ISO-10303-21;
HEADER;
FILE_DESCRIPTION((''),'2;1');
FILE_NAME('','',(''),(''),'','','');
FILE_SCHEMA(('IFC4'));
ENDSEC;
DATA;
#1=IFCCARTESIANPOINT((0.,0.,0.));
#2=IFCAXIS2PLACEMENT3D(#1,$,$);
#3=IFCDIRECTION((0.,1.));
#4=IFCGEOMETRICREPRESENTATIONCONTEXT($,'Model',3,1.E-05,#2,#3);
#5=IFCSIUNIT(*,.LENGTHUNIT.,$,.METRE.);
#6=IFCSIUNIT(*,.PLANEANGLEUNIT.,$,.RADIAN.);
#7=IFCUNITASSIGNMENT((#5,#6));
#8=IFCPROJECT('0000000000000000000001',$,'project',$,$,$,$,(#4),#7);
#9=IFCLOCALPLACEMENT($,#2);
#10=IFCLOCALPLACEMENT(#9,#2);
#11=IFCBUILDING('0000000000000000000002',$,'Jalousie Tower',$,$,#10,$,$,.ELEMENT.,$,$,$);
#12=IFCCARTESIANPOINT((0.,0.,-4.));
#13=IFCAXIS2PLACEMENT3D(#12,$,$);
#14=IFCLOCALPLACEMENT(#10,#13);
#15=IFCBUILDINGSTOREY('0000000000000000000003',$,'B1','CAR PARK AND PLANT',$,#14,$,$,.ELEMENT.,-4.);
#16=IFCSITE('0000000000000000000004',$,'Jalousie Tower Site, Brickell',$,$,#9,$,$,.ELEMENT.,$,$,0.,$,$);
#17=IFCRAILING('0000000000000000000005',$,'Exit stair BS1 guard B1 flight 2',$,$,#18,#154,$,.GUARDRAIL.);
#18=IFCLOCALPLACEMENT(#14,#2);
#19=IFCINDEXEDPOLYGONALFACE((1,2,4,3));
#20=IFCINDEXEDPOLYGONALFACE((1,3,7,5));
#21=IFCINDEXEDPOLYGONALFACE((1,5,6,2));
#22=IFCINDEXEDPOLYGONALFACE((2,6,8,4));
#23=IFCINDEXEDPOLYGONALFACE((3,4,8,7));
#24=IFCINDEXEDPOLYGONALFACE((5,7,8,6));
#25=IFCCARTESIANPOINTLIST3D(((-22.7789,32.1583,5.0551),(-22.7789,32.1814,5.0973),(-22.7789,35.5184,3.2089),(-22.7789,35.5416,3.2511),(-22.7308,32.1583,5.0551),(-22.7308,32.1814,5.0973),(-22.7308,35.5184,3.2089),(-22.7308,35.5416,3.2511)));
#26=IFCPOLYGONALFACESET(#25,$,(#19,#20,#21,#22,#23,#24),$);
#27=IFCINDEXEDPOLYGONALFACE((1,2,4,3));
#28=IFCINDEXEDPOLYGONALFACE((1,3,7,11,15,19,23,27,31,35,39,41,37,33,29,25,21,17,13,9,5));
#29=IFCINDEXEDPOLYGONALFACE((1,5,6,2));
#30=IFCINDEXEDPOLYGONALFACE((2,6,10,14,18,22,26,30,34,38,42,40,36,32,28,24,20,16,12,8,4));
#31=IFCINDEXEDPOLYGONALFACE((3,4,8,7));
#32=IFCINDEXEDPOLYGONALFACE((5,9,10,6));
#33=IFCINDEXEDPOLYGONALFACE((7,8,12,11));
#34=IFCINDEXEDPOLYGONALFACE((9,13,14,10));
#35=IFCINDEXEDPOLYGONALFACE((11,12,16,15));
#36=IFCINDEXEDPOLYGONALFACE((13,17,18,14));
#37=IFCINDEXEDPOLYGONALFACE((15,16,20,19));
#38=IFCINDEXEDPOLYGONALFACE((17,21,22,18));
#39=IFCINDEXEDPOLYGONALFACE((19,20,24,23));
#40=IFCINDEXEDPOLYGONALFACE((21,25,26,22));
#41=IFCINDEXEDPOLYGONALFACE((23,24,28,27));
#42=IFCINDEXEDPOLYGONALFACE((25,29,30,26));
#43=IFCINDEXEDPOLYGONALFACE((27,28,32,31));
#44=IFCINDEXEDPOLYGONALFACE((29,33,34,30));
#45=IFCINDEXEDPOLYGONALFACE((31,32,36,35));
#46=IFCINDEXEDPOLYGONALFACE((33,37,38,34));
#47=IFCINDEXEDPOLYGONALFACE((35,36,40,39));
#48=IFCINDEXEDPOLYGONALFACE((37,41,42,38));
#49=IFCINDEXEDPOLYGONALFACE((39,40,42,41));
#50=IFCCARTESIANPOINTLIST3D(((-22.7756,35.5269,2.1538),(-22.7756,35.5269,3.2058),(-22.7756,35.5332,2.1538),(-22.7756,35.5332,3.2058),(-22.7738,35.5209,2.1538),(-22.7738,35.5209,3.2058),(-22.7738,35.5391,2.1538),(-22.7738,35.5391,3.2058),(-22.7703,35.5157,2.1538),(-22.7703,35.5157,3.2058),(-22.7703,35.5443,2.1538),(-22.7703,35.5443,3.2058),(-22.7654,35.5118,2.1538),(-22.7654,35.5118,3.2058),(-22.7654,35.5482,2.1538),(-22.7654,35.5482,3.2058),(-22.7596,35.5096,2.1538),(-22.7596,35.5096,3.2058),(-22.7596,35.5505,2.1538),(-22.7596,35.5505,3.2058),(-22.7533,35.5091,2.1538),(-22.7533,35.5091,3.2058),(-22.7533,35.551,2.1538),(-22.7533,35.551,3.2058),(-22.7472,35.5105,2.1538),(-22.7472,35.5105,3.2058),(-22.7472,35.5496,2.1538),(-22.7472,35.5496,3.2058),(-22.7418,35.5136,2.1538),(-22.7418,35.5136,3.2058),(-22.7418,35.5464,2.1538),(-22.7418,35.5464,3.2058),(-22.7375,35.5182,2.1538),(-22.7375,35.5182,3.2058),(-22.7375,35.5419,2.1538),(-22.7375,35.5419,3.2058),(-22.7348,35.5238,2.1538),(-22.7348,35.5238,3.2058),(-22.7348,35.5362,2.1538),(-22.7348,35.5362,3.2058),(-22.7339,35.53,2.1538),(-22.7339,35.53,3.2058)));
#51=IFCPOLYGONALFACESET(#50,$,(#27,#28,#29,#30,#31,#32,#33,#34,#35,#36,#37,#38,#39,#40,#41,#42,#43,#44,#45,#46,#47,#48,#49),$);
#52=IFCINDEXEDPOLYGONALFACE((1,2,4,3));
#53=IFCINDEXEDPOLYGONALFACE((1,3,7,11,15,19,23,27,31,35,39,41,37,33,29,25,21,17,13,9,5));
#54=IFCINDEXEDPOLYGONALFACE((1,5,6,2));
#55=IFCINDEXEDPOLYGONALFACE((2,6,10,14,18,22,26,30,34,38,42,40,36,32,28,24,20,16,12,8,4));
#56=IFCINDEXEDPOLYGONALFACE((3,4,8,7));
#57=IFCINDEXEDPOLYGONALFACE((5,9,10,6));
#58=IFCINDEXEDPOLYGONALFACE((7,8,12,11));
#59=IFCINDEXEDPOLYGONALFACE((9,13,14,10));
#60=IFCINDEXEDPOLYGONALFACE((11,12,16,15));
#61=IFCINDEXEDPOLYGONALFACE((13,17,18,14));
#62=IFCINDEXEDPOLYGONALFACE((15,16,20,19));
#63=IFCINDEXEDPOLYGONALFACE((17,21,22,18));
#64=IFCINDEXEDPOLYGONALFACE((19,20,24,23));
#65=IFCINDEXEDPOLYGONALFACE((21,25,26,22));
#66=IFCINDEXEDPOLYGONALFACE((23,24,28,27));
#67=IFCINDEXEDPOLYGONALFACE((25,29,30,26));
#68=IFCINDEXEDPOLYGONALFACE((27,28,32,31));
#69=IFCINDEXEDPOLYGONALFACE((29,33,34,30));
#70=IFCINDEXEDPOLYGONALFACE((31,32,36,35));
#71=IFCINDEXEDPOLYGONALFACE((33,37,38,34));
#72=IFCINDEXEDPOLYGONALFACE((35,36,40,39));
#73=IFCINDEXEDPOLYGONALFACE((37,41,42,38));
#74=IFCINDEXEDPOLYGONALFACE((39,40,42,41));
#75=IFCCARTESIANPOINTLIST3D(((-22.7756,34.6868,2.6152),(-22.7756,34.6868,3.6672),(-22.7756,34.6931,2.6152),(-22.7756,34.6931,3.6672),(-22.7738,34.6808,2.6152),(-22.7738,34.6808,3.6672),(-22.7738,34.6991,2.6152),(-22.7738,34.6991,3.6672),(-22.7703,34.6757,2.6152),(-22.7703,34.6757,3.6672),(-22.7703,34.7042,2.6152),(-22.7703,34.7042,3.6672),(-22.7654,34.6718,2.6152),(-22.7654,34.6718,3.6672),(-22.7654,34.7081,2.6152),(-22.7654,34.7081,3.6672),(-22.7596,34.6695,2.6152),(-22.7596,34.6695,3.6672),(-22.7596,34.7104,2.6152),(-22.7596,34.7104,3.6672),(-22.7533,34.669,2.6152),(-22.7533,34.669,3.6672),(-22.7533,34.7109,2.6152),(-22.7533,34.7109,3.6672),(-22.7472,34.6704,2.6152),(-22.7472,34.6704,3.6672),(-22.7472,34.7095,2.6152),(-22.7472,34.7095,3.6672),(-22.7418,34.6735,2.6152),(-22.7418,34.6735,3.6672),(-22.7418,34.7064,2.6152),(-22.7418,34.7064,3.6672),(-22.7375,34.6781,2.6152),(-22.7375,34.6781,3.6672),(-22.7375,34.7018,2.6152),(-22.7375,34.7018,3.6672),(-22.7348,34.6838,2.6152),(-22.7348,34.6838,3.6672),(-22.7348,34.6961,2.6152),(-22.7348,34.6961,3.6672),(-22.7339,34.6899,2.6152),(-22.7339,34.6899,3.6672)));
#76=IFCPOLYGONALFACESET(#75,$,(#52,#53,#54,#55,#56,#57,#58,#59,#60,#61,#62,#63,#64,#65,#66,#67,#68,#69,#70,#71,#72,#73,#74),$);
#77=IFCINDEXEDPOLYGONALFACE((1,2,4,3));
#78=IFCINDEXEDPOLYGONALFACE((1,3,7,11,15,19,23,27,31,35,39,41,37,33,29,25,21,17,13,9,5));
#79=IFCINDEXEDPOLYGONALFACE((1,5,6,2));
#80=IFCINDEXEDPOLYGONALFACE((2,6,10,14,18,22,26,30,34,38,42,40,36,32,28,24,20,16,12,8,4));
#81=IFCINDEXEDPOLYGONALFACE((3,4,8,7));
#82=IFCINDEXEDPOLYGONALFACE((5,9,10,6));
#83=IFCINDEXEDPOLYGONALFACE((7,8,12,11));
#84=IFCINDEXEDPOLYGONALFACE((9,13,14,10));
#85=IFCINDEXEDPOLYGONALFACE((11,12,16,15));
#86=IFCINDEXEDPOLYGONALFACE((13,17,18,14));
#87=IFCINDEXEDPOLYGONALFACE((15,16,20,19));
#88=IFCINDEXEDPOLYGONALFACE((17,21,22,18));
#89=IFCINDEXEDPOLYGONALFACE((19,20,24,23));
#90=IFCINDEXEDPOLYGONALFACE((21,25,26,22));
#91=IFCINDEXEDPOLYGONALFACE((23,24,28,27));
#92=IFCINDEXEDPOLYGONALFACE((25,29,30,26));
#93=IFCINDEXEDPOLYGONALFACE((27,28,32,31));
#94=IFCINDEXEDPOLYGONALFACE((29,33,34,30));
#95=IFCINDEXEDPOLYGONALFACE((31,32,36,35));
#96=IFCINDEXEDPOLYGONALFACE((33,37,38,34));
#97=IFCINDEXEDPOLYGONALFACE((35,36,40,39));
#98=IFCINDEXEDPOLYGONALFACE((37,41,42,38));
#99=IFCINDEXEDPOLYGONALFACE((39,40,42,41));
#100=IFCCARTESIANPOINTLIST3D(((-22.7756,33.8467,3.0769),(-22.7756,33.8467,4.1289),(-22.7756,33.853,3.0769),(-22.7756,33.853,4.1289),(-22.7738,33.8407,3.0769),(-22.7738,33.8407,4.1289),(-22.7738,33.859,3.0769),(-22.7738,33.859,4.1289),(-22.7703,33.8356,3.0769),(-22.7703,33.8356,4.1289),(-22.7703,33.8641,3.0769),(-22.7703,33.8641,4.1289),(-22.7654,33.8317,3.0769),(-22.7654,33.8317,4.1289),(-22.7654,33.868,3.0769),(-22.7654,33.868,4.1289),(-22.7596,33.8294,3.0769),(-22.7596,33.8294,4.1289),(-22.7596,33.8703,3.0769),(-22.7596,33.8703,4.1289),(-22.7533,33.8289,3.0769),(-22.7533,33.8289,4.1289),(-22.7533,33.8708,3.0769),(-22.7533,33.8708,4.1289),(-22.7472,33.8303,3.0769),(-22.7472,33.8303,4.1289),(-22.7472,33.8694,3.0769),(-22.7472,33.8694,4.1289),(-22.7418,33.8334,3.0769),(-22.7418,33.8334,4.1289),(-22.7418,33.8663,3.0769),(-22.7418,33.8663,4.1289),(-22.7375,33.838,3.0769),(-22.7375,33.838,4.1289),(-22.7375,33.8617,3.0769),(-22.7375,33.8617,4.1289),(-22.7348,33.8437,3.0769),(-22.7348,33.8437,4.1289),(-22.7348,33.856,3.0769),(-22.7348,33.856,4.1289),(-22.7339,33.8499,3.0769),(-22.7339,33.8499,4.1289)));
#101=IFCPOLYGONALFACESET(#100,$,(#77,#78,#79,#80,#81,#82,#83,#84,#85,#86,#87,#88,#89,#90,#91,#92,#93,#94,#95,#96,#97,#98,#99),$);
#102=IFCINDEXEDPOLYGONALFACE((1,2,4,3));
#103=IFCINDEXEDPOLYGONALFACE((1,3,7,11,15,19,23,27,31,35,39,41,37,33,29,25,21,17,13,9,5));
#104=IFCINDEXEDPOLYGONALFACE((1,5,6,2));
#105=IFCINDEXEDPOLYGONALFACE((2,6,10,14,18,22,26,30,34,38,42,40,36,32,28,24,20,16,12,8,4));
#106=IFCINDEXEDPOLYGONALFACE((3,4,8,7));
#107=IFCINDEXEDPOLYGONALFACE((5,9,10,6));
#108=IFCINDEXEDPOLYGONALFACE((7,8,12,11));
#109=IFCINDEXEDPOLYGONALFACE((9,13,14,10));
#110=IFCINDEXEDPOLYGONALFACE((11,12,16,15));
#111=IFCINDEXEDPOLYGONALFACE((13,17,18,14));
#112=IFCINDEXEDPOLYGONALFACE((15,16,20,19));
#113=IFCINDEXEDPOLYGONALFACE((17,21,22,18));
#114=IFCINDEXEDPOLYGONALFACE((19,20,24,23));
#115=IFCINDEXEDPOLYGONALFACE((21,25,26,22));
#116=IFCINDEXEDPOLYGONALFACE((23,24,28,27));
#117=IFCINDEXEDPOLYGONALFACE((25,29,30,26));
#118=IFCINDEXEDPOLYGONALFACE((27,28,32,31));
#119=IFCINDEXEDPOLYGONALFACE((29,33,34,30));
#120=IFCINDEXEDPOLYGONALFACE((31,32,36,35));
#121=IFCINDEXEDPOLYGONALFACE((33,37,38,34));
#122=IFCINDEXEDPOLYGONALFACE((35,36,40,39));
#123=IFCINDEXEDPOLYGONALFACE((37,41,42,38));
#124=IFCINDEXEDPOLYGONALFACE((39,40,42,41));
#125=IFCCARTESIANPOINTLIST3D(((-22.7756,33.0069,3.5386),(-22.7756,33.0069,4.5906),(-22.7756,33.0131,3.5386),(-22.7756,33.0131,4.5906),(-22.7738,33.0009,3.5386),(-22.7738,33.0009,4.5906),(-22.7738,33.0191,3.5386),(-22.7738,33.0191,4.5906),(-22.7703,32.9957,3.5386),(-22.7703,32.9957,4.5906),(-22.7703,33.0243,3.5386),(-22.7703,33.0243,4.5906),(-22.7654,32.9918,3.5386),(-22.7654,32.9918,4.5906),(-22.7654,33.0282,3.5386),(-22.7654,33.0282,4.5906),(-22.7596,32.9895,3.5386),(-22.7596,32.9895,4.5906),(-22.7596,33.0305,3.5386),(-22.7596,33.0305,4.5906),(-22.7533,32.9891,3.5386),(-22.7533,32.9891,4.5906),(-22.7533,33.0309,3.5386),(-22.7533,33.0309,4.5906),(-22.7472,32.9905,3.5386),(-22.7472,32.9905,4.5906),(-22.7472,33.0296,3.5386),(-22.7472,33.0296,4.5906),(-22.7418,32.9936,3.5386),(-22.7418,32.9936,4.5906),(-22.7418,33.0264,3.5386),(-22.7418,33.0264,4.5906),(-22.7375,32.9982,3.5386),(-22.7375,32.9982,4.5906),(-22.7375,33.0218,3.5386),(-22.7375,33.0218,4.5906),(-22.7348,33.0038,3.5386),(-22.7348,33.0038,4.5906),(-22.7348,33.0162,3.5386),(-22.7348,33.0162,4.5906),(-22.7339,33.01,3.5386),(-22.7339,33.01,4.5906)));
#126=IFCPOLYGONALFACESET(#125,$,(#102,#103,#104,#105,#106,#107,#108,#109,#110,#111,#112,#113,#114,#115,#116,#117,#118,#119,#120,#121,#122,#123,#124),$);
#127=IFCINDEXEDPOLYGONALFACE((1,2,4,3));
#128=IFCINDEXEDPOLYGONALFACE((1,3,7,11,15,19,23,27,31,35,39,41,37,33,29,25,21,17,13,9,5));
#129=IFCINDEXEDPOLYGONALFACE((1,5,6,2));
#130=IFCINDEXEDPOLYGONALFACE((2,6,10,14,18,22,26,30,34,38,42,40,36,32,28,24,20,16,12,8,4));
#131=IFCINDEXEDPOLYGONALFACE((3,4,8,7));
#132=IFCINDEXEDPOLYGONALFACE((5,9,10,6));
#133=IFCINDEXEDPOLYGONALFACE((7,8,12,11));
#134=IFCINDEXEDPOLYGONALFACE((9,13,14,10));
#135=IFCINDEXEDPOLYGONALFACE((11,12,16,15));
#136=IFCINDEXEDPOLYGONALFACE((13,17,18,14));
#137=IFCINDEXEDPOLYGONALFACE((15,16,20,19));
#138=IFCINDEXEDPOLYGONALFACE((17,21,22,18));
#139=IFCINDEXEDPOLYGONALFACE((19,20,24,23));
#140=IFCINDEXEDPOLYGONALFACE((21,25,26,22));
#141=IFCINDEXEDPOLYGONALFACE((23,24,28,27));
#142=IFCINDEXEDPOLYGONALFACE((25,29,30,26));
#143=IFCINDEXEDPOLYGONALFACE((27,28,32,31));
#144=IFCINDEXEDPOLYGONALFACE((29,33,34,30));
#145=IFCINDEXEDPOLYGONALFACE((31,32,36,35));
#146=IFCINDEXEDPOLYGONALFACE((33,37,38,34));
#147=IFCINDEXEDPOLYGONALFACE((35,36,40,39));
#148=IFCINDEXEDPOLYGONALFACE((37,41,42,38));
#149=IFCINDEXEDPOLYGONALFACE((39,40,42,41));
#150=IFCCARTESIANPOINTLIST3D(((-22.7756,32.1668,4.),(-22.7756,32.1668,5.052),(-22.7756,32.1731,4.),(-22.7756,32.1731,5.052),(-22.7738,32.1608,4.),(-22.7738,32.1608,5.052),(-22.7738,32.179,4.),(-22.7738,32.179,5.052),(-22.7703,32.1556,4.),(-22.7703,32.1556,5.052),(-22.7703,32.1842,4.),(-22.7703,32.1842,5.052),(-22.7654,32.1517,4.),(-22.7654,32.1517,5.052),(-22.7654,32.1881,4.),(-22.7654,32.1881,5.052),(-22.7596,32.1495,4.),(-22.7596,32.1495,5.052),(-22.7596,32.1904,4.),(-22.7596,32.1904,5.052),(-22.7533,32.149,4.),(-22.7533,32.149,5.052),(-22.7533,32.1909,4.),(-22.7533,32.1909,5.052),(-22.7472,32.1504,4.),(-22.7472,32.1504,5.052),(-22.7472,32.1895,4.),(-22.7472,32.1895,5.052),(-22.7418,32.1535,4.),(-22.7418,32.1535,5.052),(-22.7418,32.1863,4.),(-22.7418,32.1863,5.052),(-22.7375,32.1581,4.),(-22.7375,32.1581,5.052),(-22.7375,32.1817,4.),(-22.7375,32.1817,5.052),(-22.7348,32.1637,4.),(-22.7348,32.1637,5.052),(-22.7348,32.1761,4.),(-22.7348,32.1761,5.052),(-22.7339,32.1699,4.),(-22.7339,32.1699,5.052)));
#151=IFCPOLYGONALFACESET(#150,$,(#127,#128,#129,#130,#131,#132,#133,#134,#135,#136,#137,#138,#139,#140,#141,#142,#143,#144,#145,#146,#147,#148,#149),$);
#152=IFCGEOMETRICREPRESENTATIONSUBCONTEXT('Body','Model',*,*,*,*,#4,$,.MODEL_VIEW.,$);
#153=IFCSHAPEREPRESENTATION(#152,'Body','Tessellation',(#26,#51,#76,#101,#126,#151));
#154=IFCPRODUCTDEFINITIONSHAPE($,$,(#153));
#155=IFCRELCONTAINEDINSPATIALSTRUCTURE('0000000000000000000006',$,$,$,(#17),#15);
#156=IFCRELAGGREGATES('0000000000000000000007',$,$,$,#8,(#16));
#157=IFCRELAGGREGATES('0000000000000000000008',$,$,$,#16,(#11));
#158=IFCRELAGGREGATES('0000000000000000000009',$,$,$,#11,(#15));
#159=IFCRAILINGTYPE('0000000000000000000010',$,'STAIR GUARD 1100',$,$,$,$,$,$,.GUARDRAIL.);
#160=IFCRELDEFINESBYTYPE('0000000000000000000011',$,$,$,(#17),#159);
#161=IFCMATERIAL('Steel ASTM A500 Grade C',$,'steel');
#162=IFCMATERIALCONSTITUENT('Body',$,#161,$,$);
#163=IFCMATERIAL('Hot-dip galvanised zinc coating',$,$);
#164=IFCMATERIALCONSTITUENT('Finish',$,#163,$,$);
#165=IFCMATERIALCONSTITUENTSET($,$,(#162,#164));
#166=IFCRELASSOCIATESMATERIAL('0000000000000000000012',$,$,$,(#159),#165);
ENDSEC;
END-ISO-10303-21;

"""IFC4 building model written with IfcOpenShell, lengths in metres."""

from ifc_helpers import new_model, si_unit, direction, frame, origin, origin_2d, place, context, subcontext, project, spatial, rectangle, circle, extrude, material, constituent, constituent_set, type_object, element, save


model = new_model("IFC4")

# Units and contexts
model_context = context("Model", 3, precision=1e-05, world=origin(), true_north=direction((0.0, 1.0)))
body_context = subcontext(model_context, "Body", "Model", "MODEL_VIEW")
ifc_project = project(units=[si_unit("LENGTHUNIT", "METRE"), si_unit("PLANEANGLEUNIT", "RADIAN")], contexts=[model_context])

# Site, building, storey
site_placement = place(None, origin())
site = spatial("IfcSite", under=ifc_project, at=site_placement, Name="Jalousie Tower Site, Brickell", CompositionType="ELEMENT", RefElevation=0.0)
building_placement = place(site_placement, origin())
building = spatial("IfcBuilding", under=site, at=building_placement, Name="Jalousie Tower", CompositionType="ELEMENT")
storey_placement = place(building_placement, frame((0.0, 0.0, -4.0)))
storey = spatial("IfcBuildingStorey", under=building, at=storey_placement, Name="B1", Description="CAR PARK AND PLANT", CompositionType="ELEMENT", Elevation=-4.0)

# Railing
ifc_material_1 = material(Name="Steel ASTM A500 Grade C", Category="steel")
ifc_constituent_1 = constituent(ifc_material_1, Name="Body")
ifc_material_2 = material(Name="Hot-dip galvanised zinc coating")
ifc_constituent_2 = constituent(ifc_material_2, Name="Finish")
ifc_constituent_set_1 = constituent_set(constituents=[ifc_constituent_1, ifc_constituent_2])
railing_type_1 = type_object("IfcRailingType", Name="STAIR GUARD 1100", PredefinedType="GUARDRAIL", material=ifc_constituent_set_1)
railing_1_placement = place(storey_placement, frame((-22.7549, 35.53, 2.1538)))
element("IfcRailing", 1, at=railing_1_placement, inside=storey, type_object=railing_type_1, Name="Exit stair BS1 guard B1 flight 2", PredefinedType="GUARDRAIL", context=body_context, shape_type="SweptSolid", body=[
    extrude(rectangle(XDim=0.0481, YDim=0.0481, at=origin_2d()), frame((0.0, 0.0, 1.0762), z_axis=(0.0, -0.876422, 0.481545), x_axis=(1.0, 0.0, 0.0)), (0.0, 0.0, 1.0), 3.834),
    extrude(circle(Radius=0.021, at=origin_2d()), origin(), (0.0, 0.0, 1.0), 1.052),
    extrude(circle(Radius=0.021, at=origin_2d()), frame((0.0, -0.8401, 0.4614)), (0.0, 0.0, 1.0), 1.052),
    extrude(circle(Radius=0.021, at=origin_2d()), frame((0.0, -1.6802, 0.9231)), (0.0, 0.0, 1.0), 1.052),
    extrude(circle(Radius=0.021, at=origin_2d()), frame((0.0, -2.52, 1.3848)), (0.0, 0.0, 1.0), 1.052),
    extrude(circle(Radius=0.021, at=origin_2d()), frame((0.0, -3.3601, 1.8462)), (0.0, 0.0, 1.0), 1.052),
])

save(model, "model.ifc")
